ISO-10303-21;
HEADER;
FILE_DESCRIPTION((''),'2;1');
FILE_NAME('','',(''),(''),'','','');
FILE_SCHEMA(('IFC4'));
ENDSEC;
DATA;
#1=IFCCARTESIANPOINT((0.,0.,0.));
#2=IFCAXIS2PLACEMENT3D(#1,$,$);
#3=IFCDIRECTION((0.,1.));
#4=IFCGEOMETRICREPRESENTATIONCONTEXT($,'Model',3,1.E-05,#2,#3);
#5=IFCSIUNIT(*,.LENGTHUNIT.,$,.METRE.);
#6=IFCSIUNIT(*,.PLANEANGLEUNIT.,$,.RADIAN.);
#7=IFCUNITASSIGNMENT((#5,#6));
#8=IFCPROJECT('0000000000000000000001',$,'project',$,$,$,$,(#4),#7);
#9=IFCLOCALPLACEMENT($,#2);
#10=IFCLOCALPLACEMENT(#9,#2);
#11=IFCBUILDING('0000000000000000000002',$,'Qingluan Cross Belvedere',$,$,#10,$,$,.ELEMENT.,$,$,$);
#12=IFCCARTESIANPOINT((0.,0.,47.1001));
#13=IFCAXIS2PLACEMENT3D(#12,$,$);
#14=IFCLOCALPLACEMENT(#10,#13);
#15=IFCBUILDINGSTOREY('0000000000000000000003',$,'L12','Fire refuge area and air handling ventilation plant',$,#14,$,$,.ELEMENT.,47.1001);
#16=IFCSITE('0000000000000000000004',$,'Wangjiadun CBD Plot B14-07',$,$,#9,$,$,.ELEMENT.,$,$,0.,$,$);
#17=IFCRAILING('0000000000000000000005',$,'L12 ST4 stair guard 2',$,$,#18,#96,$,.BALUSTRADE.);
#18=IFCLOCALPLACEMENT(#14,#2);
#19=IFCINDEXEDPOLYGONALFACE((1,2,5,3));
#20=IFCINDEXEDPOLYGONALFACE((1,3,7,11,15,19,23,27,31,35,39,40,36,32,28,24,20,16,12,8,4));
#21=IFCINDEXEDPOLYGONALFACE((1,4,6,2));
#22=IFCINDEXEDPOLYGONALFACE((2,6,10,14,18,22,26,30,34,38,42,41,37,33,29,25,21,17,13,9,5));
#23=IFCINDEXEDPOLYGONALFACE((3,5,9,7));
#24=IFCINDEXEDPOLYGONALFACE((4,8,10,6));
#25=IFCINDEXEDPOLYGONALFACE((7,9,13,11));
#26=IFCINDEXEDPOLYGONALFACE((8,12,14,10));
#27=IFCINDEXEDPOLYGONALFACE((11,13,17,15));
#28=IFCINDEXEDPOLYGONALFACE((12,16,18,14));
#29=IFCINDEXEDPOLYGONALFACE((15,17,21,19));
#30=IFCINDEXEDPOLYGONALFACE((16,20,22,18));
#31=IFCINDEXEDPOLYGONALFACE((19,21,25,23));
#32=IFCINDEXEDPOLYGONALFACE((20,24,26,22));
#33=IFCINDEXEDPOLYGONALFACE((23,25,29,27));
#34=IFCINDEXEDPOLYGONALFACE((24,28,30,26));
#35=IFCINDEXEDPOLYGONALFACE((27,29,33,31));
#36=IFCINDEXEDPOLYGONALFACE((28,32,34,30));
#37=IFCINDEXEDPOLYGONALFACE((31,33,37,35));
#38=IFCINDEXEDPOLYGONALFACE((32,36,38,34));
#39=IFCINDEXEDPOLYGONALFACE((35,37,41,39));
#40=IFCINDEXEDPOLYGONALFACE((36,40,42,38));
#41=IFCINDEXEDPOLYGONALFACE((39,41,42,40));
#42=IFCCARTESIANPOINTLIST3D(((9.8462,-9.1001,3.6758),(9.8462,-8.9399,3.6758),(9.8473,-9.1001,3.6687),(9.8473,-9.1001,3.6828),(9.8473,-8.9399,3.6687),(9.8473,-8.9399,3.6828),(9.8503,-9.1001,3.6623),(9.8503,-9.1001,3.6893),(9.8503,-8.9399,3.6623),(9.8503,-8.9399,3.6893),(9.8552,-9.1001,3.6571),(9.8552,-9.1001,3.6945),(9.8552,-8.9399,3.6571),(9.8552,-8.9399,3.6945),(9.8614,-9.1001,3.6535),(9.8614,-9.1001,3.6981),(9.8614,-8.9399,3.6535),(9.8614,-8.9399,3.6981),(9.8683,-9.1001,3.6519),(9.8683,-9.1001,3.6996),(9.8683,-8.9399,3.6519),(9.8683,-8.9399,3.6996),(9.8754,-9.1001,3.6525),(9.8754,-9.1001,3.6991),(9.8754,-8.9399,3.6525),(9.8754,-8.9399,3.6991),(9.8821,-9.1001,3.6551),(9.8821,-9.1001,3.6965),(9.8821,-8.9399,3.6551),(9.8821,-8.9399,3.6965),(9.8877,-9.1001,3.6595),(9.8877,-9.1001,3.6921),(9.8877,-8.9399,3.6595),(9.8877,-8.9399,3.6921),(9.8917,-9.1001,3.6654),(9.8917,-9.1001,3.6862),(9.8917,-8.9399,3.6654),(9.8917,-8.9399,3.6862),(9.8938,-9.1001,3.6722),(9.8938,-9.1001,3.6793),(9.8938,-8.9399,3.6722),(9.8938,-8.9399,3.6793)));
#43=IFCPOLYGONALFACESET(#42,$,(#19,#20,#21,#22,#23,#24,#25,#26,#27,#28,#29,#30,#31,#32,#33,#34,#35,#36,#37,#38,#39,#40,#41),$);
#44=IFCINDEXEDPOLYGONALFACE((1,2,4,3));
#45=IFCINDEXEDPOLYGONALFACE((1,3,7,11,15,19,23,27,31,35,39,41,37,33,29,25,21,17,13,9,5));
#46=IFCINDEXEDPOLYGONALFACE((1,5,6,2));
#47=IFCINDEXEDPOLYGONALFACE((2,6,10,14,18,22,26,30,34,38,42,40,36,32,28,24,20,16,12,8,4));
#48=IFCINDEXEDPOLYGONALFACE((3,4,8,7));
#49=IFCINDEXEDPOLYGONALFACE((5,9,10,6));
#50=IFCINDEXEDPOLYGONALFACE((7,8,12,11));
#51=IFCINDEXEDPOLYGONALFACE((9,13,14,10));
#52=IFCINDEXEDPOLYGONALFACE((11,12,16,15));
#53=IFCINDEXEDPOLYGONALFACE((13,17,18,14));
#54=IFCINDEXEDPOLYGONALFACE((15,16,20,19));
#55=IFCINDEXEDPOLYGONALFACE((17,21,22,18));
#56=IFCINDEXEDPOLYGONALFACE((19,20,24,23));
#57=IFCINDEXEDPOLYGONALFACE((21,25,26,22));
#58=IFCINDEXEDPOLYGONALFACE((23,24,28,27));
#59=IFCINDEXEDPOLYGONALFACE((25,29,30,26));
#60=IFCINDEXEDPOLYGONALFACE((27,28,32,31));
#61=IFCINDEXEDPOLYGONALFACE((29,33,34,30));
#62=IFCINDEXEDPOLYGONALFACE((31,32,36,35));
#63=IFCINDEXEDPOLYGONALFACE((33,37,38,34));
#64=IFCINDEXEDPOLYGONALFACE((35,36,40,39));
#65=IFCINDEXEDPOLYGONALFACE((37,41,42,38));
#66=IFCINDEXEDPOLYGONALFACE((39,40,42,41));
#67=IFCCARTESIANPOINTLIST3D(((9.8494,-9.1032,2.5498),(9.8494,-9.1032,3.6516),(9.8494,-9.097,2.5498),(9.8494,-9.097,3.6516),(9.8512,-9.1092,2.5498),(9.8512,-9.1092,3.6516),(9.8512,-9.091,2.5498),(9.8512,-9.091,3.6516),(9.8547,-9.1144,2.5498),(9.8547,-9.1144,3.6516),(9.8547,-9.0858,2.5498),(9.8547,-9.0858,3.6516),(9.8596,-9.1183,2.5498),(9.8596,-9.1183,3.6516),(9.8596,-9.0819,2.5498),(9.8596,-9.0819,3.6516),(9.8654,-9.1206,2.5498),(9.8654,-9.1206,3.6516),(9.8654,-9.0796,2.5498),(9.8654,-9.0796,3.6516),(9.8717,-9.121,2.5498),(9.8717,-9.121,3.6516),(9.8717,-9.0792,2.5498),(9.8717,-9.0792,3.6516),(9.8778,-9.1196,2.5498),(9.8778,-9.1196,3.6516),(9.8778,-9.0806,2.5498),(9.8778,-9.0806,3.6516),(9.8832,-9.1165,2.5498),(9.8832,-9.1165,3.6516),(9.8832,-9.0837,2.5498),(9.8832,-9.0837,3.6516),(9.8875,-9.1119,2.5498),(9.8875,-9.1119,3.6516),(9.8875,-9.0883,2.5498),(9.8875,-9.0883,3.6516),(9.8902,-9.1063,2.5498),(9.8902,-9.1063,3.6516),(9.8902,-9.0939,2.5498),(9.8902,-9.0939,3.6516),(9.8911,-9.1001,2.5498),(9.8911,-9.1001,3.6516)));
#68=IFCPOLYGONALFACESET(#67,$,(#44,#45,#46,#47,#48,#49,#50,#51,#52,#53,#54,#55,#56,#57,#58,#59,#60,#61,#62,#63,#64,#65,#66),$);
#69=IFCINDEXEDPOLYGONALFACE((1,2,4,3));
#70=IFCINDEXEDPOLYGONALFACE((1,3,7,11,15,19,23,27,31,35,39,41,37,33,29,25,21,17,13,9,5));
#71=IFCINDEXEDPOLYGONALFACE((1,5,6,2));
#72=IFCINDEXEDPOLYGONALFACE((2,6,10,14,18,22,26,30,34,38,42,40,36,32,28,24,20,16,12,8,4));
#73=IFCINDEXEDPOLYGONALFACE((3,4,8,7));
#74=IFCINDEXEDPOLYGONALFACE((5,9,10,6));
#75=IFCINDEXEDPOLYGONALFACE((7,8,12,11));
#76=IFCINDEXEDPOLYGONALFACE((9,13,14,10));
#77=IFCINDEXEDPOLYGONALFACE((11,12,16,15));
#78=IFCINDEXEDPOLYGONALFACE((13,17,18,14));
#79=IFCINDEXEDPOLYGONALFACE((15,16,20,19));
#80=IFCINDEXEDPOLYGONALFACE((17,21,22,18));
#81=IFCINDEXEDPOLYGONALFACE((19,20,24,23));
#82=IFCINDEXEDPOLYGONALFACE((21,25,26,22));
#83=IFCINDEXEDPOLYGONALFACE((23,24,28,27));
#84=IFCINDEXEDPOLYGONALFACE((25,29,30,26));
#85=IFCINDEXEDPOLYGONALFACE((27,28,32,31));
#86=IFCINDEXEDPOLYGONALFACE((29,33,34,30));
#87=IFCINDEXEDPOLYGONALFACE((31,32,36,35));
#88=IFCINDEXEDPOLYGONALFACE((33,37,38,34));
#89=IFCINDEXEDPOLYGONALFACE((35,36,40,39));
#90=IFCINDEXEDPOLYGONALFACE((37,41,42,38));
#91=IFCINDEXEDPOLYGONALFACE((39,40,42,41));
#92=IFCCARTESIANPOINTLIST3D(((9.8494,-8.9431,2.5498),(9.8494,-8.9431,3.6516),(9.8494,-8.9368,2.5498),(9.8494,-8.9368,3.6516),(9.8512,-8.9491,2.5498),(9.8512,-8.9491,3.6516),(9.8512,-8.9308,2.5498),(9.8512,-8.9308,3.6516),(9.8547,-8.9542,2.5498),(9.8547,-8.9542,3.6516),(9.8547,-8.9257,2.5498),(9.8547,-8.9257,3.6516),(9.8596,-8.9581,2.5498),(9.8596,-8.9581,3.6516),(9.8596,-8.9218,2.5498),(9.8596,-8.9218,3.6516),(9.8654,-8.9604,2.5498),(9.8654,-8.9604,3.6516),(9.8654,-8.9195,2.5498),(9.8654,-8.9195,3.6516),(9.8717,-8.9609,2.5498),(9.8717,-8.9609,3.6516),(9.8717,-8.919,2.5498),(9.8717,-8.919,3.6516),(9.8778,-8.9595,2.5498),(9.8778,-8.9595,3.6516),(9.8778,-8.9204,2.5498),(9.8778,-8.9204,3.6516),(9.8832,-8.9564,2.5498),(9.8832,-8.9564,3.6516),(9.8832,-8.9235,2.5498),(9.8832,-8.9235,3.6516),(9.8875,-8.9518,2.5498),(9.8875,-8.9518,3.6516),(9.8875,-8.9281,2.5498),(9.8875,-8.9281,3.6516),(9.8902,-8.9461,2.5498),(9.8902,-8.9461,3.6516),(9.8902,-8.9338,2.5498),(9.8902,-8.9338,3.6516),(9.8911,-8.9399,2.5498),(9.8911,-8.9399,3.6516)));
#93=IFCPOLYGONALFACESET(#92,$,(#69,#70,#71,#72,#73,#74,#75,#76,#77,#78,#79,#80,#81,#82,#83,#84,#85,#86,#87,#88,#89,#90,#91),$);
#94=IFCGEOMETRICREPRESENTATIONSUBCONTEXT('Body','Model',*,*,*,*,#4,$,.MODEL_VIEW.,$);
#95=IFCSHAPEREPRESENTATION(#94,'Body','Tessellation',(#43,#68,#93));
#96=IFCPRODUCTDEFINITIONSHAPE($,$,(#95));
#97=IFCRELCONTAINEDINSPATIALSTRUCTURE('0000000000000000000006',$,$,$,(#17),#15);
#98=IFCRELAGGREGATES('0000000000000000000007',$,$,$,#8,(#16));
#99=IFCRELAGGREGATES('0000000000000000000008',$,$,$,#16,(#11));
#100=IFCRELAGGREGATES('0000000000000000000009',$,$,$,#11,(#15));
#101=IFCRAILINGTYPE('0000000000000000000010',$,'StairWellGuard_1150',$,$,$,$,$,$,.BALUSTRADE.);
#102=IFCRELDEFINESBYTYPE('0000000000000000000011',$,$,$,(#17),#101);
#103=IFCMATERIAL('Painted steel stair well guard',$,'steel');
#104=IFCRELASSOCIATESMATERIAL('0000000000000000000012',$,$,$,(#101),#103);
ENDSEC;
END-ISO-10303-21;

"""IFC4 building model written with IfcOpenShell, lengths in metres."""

from ifc_helpers import new_model, si_unit, direction, frame, origin, origin_2d, place, context, subcontext, project, spatial, circle, extrude, material, type_object, element, save


model = new_model("IFC4")

# Units and contexts
model_context = context("Model", 3, precision=1e-05, world=origin(), true_north=direction((0.0, 1.0)))
body_context = subcontext(model_context, "Body", "Model", "MODEL_VIEW")
ifc_project = project(units=[si_unit("LENGTHUNIT", "METRE"), si_unit("PLANEANGLEUNIT", "RADIAN")], contexts=[model_context])

# Site, building, storey
site_placement = place(None, origin())
site = spatial("IfcSite", under=ifc_project, at=site_placement, Name="Wangjiadun CBD Plot B14-07", CompositionType="ELEMENT", RefElevation=0.0)
building_placement = place(site_placement, origin())
building = spatial("IfcBuilding", under=site, at=building_placement, Name="Qingluan Cross Belvedere", CompositionType="ELEMENT")
storey_placement = place(building_placement, frame((0.0, 0.0, 47.1001)))
storey = spatial("IfcBuildingStorey", under=building, at=storey_placement, Name="L12", Description="Fire refuge area and air handling ventilation plant", CompositionType="ELEMENT", Elevation=47.1001)

# Railing
ifc_material_1 = material(Name="Painted steel stair well guard", Category="steel")
railing_type_1 = type_object("IfcRailingType", Name="StairWellGuard_1150", PredefinedType="BALUSTRADE", material=ifc_material_1)
railing_1_placement = place(storey_placement, frame((9.8701, -9.1001, 2.5498)))
element("IfcRailing", 1, at=railing_1_placement, inside=storey, type_object=railing_type_1, Name="L12 ST4 stair guard 2", PredefinedType="BALUSTRADE", context=body_context, shape_type="SweptSolid", body=[
    extrude(circle(Radius=0.0239, at=origin_2d()), frame((0.0, 0.0, 1.126), z_axis=(0.0, 1.0, 0.0), x_axis=(-1.0, 0.0, 0.0)), (0.0, 0.0, 1.0), 0.1602),
    extrude(circle(Radius=0.021, at=origin_2d()), origin(), (0.0, 0.0, 1.0), 1.1018),
    extrude(circle(Radius=0.021, at=origin_2d()), frame((0.0, 0.1602, 0.0)), (0.0, 0.0, 1.0), 1.1018),
])

save(model, "model.ifc")
